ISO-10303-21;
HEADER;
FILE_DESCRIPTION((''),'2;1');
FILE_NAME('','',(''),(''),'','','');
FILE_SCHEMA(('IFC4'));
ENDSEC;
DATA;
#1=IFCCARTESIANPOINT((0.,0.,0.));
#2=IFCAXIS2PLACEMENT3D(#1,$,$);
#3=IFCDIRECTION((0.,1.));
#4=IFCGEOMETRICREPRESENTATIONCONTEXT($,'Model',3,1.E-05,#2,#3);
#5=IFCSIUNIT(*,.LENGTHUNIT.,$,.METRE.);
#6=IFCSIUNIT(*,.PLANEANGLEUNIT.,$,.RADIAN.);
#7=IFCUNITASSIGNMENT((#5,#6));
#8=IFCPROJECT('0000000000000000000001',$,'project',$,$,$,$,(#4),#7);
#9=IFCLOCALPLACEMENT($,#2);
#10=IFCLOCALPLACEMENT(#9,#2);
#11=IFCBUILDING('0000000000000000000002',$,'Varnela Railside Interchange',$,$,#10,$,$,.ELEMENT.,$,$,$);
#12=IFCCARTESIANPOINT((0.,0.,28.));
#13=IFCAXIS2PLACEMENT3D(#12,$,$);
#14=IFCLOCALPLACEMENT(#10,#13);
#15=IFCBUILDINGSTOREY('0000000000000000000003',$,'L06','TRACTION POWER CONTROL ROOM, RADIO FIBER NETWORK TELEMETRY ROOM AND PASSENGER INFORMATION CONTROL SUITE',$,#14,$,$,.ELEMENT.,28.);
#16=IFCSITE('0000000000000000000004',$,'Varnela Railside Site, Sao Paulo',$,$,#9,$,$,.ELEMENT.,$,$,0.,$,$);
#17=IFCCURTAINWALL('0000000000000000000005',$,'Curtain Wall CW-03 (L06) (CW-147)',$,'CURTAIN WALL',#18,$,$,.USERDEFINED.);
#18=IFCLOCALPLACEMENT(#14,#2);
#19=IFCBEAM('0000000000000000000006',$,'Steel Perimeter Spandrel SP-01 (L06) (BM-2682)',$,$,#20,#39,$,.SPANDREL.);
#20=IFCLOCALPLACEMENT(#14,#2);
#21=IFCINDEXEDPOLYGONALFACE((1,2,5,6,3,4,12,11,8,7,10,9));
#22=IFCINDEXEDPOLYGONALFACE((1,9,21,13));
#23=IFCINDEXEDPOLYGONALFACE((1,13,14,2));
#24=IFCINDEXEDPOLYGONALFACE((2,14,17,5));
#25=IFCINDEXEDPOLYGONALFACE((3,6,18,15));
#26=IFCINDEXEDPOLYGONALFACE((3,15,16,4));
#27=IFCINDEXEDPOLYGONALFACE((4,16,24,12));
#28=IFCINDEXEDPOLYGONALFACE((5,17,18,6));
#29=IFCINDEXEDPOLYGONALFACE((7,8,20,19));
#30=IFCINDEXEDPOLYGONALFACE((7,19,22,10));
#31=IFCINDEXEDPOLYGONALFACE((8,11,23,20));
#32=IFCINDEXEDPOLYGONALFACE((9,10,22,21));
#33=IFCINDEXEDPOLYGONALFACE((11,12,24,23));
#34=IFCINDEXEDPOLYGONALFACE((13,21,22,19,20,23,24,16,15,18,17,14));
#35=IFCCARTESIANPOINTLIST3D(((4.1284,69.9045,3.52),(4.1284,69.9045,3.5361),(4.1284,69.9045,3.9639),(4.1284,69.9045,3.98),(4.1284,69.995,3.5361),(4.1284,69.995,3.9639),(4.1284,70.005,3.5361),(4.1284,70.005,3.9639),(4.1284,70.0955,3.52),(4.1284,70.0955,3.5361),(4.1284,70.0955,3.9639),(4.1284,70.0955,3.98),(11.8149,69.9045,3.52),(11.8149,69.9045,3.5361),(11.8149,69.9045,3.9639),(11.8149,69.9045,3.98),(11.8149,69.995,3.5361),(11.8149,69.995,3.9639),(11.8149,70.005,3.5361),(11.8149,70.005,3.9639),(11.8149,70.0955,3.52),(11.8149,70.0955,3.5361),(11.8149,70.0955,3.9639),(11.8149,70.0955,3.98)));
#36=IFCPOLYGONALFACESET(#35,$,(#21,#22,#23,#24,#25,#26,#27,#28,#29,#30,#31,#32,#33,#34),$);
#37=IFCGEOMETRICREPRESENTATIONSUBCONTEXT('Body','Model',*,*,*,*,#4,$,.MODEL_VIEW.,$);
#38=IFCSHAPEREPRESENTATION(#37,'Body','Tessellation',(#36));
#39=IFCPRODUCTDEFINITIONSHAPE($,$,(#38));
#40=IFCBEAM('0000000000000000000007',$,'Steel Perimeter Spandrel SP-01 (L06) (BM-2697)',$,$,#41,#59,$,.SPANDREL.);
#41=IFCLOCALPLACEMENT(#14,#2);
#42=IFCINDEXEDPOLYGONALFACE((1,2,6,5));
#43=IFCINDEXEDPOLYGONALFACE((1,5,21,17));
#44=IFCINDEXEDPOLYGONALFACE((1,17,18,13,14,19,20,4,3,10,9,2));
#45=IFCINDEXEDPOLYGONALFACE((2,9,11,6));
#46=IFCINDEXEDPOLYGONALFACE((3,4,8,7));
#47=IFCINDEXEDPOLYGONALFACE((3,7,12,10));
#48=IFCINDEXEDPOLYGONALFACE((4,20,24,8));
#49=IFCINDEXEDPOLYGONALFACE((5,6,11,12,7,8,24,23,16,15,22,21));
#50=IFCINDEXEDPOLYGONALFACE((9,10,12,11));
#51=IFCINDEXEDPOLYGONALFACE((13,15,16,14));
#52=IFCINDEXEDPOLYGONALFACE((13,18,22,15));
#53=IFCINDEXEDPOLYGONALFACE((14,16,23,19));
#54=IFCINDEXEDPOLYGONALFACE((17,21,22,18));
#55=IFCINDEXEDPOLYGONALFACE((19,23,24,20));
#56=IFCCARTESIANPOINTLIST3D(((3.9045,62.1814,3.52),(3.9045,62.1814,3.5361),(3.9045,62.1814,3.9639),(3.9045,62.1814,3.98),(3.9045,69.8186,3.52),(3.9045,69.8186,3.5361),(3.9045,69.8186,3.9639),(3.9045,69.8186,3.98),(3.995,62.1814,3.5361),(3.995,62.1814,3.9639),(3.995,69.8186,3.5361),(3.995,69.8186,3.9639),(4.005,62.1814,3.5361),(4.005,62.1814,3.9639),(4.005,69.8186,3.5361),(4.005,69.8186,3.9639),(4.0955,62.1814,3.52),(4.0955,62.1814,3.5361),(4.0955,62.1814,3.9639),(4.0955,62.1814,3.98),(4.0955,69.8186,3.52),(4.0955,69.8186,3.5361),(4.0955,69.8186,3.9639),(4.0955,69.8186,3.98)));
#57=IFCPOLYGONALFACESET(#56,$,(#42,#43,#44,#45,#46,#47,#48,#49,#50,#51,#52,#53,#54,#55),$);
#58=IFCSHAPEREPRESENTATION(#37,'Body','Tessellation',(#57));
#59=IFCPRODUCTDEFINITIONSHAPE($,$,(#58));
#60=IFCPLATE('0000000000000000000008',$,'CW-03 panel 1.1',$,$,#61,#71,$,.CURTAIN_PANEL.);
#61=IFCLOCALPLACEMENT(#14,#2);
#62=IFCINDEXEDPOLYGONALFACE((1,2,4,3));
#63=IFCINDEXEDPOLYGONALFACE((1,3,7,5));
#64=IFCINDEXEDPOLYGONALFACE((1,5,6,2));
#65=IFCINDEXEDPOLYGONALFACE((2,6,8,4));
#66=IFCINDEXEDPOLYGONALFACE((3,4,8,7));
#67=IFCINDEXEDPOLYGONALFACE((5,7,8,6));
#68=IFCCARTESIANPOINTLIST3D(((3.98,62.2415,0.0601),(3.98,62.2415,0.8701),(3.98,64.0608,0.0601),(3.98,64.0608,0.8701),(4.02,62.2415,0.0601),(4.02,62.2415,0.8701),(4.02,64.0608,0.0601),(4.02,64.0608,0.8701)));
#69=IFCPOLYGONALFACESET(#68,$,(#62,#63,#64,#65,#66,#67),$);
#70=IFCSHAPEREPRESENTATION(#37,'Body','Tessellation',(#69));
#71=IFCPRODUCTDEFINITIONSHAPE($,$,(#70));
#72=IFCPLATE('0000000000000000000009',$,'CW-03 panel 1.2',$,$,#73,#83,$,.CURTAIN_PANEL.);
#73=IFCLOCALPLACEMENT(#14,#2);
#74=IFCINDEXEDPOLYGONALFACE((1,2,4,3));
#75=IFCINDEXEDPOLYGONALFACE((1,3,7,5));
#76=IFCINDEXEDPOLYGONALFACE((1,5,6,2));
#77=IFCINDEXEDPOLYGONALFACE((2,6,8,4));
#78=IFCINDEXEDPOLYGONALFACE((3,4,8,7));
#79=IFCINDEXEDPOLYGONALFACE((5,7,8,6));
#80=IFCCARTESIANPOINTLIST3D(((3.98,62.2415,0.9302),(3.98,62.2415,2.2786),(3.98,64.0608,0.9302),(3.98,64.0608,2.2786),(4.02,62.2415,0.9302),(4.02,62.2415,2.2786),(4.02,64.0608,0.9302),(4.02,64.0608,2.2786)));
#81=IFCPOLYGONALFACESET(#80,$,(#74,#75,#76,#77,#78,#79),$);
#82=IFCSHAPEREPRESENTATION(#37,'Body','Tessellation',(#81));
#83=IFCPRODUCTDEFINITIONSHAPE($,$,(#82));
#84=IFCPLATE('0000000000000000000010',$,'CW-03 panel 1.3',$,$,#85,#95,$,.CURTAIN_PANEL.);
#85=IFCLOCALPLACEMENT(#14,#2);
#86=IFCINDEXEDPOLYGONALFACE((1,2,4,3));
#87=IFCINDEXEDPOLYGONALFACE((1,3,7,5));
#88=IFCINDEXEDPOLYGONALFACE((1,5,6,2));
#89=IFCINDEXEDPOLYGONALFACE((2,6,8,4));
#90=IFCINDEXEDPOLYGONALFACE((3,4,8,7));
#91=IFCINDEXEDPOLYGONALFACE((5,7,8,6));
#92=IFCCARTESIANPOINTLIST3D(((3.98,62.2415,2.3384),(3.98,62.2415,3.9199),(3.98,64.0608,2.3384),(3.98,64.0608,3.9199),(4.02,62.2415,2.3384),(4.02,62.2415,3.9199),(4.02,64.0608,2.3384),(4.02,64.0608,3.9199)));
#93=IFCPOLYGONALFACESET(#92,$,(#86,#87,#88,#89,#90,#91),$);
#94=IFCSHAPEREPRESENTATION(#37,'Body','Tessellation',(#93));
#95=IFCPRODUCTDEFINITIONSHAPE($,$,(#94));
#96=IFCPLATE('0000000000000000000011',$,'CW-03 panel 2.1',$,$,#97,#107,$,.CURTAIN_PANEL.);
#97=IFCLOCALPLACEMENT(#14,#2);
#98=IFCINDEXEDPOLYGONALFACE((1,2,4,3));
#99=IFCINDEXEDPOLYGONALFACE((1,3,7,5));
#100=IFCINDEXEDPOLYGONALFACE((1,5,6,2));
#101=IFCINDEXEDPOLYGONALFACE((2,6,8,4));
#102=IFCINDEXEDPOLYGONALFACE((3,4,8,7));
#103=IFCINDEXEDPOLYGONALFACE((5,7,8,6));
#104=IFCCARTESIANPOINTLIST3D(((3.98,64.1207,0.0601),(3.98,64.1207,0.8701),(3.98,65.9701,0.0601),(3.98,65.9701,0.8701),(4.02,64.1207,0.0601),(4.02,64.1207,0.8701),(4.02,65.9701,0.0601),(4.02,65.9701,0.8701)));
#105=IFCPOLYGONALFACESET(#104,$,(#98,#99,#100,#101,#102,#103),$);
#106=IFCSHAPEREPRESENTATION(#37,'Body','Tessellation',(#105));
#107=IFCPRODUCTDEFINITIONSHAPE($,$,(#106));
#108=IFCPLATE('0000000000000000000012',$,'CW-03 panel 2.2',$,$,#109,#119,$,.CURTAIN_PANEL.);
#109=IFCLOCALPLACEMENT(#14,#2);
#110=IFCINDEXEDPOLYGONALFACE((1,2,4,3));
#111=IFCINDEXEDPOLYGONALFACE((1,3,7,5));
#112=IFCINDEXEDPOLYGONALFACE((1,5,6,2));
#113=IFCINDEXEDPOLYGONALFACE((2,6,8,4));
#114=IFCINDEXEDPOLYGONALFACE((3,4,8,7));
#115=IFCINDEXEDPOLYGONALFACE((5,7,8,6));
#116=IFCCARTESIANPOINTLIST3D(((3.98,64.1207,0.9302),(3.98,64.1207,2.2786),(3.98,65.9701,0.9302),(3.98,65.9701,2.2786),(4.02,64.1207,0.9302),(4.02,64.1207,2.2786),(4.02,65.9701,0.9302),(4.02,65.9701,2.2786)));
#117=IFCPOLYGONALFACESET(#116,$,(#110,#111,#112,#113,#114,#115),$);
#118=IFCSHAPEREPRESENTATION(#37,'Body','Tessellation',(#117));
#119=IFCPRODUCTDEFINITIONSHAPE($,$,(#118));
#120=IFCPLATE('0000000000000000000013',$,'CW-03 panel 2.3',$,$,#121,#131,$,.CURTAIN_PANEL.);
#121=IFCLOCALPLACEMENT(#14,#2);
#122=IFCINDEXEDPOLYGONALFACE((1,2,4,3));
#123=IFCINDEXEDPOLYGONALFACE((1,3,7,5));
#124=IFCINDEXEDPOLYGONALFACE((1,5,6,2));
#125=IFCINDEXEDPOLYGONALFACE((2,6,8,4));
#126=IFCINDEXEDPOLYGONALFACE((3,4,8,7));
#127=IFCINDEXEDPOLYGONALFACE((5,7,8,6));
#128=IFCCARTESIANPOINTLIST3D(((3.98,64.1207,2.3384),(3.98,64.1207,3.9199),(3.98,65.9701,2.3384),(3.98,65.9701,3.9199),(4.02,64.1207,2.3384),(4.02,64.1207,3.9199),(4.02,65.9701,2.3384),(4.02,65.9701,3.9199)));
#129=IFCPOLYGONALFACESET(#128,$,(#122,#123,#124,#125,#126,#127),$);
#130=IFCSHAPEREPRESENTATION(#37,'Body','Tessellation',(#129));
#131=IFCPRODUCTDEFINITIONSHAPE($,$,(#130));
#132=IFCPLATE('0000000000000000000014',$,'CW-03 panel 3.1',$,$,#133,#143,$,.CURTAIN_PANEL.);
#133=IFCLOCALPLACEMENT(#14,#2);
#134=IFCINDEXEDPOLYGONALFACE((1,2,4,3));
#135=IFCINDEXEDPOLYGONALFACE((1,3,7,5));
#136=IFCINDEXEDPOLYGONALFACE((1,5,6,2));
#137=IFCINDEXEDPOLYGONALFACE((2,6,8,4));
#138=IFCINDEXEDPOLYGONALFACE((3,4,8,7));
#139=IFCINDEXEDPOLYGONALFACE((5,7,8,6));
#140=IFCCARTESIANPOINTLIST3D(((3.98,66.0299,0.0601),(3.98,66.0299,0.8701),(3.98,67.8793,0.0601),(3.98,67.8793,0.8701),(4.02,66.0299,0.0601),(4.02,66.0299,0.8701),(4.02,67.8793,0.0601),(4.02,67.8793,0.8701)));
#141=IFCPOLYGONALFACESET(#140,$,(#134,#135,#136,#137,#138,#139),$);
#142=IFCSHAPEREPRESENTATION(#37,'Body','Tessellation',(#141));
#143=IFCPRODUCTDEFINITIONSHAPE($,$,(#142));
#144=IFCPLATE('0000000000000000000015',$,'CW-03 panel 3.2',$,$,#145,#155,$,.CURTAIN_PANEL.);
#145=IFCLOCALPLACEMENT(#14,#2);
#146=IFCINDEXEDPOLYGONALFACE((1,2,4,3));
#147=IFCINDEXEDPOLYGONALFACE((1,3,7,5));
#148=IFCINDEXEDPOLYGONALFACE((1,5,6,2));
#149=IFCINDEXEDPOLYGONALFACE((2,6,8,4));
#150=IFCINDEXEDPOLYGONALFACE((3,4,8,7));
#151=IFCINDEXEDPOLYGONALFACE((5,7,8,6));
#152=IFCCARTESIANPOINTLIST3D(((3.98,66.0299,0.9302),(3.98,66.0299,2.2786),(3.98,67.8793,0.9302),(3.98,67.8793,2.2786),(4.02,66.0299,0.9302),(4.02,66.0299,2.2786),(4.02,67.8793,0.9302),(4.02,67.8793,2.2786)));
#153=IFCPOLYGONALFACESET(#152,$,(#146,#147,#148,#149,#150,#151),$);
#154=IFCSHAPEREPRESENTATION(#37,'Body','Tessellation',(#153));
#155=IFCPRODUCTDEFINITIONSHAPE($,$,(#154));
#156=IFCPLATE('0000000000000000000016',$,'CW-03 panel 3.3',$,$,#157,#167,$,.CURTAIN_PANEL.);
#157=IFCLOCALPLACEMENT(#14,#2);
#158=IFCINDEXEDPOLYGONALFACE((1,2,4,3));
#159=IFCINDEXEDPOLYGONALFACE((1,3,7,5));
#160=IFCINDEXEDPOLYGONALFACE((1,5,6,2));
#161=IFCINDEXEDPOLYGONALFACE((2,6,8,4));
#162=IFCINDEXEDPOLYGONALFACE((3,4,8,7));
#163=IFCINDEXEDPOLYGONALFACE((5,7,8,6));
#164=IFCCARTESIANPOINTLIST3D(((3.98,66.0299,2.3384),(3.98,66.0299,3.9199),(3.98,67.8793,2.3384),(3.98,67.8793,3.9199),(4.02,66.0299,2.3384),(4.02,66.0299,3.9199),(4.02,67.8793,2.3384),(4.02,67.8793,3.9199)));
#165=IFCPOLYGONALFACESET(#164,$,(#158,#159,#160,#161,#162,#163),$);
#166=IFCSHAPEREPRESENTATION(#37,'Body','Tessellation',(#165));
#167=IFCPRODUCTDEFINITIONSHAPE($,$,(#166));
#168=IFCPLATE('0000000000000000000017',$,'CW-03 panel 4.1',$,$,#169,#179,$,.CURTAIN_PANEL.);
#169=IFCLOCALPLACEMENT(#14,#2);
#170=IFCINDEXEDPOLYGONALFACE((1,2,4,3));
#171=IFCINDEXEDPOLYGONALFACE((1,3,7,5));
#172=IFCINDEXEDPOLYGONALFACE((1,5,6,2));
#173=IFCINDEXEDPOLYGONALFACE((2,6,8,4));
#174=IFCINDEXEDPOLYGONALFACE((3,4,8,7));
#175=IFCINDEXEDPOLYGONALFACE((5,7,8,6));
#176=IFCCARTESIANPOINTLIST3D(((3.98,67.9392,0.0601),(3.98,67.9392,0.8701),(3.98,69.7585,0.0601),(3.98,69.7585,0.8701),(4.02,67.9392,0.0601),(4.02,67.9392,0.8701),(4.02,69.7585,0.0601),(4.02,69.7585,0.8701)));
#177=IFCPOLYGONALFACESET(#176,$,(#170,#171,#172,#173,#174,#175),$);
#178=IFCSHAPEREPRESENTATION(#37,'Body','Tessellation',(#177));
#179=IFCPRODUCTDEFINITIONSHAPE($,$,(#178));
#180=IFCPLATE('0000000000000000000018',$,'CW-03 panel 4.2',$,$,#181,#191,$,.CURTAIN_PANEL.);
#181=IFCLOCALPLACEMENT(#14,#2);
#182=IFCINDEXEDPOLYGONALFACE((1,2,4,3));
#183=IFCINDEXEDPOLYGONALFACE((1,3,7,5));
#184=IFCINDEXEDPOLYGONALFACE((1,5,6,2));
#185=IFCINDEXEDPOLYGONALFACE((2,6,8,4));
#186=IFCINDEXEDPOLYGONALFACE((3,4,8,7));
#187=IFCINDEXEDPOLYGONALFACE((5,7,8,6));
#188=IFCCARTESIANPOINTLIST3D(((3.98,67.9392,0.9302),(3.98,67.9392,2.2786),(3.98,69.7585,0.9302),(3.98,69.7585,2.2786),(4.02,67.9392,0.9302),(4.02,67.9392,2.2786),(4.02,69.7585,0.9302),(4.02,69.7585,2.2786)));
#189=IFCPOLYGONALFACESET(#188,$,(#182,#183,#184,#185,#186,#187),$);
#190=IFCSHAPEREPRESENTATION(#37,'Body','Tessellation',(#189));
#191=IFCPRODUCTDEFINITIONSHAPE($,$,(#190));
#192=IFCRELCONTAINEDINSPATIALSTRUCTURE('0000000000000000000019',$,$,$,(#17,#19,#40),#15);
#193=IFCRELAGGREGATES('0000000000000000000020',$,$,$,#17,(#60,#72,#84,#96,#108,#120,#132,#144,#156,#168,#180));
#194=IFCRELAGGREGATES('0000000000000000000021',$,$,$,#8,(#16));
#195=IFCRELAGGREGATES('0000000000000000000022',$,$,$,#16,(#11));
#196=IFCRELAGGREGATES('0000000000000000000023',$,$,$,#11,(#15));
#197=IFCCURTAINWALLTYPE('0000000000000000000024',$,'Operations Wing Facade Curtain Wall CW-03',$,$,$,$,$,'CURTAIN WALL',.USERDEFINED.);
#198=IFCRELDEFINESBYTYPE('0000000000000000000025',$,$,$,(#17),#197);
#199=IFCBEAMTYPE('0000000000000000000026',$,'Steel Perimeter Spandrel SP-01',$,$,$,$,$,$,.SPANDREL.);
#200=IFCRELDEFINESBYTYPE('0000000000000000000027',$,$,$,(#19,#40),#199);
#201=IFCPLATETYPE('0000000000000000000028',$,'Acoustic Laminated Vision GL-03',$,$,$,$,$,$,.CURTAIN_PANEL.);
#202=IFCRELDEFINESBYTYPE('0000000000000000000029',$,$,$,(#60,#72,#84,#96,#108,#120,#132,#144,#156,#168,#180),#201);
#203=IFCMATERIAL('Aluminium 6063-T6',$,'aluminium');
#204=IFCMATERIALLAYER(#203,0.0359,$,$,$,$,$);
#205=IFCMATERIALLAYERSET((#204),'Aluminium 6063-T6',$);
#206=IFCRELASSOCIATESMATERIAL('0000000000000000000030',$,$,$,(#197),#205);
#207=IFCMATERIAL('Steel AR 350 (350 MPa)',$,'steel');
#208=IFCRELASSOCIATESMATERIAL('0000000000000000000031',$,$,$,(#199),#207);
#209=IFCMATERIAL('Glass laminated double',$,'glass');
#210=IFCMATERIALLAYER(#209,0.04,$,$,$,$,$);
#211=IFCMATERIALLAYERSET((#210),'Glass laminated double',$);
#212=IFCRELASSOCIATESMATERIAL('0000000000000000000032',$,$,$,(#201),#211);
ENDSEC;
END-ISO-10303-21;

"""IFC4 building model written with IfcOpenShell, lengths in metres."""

from ifc_helpers import new_model, si_unit, direction, frame, origin, origin_2d, place, context, subcontext, project, spatial, rectangle, i_section, extrude, material, layer, layer_set, material_profile, profile_set, type_object, element, aggregate, save


model = new_model("IFC4")

# Units and contexts
model_context = context("Model", 3, precision=1e-05, world=origin(), true_north=direction((0.0, 1.0)))
body_context = subcontext(model_context, "Body", "Model", "MODEL_VIEW")
ifc_project = project(units=[si_unit("LENGTHUNIT", "METRE"), si_unit("PLANEANGLEUNIT", "RADIAN")], contexts=[model_context])

# Site, building, storey
site_placement = place(None, origin())
site = spatial("IfcSite", under=ifc_project, at=site_placement, Name="Varnela Railside Site, Sao Paulo", CompositionType="ELEMENT", RefElevation=0.0)
building_placement = place(site_placement, origin())
building = spatial("IfcBuilding", under=site, at=building_placement, Name="Varnela Railside Interchange", CompositionType="ELEMENT")
storey_placement = place(building_placement, frame((0.0, 0.0, 28.0)))
storey = spatial("IfcBuildingStorey", under=building, at=storey_placement, Name="L06", Description="TRACTION POWER CONTROL ROOM, RADIO FIBER NETWORK TELEMETRY ROOM AND PASSENGER INFORMATION CONTROL SUITE", CompositionType="ELEMENT", Elevation=28.0)

# Shared definitions
ifc_material_1 = material(Name="Steel AR 350 (350 MPa)", Category="steel")

# Curtain wall
ifc_material_2 = material(Name="Aluminium 6063-T6", Category="aluminium")
ifc_layer_1 = layer(ifc_material_2, 0.0359)
ifc_layer_set_1 = layer_set([ifc_layer_1], Name="Aluminium 6063-T6")
curtain_wall_type = type_object("IfcCurtainWallType", Name="Operations Wing Facade Curtain Wall CW-03", ElementType="CURTAIN WALL", PredefinedType="USERDEFINED", material=ifc_layer_set_1)
curtain_wall_placement = place(storey_placement, origin())
curtain_wall = element("IfcCurtainWall", 1, at=curtain_wall_placement, inside=storey, type_object=curtain_wall_type, Name="Curtain Wall CW-03 (L06) (CW-147)", ObjectType="CURTAIN WALL", PredefinedType="USERDEFINED")

# Beams
ifc_material_profile_1 = material_profile(ifc_material_1, i_section(OverallWidth=0.1909, OverallDepth=0.46, WebThickness=0.01, FlangeThickness=0.0161, at=origin_2d()), Name="W460x82")
ifc_profile_set_1 = profile_set([ifc_material_profile_1], Name="Steel AR 350 (350 MPa)")
beam_type_1 = type_object("IfcBeamType", Name="Steel Perimeter Spandrel SP-01", PredefinedType="SPANDREL", material=ifc_profile_set_1)
beam_1_placement = place(storey_placement, frame((4.1284, 70.0, 3.75), z_axis=(1.0, 0.0, 0.0), x_axis=(0.0, 1.0, 0.0)))
element("IfcBeam", 2, at=beam_1_placement, inside=storey, type_object=beam_type_1, Name="Steel Perimeter Spandrel SP-01 (L06) (BM-2682)", PredefinedType="SPANDREL", context=body_context, shape_type="SweptSolid", body=[
    extrude(i_section(OverallWidth=0.1909, OverallDepth=0.46, WebThickness=0.01, FlangeThickness=0.0161, at=origin_2d()), origin(), (0.0, 0.0, 1.0), 7.6865),
])
beam_2_placement = place(storey_placement, frame((4.0, 62.1814, 3.75), z_axis=(0.0, 1.0, 0.0), x_axis=(-1.0, 0.0, 0.0)))
element("IfcBeam", 3, at=beam_2_placement, inside=storey, type_object=beam_type_1, Name="Steel Perimeter Spandrel SP-01 (L06) (BM-2697)", PredefinedType="SPANDREL", context=body_context, shape_type="SweptSolid", body=[
    extrude(i_section(OverallWidth=0.1909, OverallDepth=0.46, WebThickness=0.01, FlangeThickness=0.0161, at=origin_2d()), origin(), (0.0, 0.0, 1.0), 7.6372),
])

# Plates
ifc_material_3 = material(Name="Glass laminated double", Category="glass")
ifc_layer_2 = layer(ifc_material_3, 0.04)
ifc_layer_set_2 = layer_set([ifc_layer_2], Name="Glass laminated double")
plate_type = type_object("IfcPlateType", Name="Acoustic Laminated Vision GL-03", PredefinedType="CURTAIN_PANEL", material=ifc_layer_set_2)
plate_1_placement = place(storey_placement, frame((4.0, 63.1511, 0.0601), z_axis=(0.0, 0.0, 1.0), x_axis=(0.0, 1.0, 0.0)))
plate_1 = element("IfcPlate", 4, at=plate_1_placement, type_object=plate_type, Name="CW-03 panel 1.1", PredefinedType="CURTAIN_PANEL", context=body_context, shape_type="SweptSolid", body=[
    extrude(rectangle(XDim=1.8193, YDim=0.04, at=origin_2d()), origin(), (0.0, 0.0, 1.0), 0.8101),
])
plate_2_placement = place(storey_placement, frame((4.0, 63.1511, 0.9302), z_axis=(0.0, 0.0, 1.0), x_axis=(0.0, 1.0, 0.0)))
plate_2 = element("IfcPlate", 5, at=plate_2_placement, type_object=plate_type, Name="CW-03 panel 1.2", PredefinedType="CURTAIN_PANEL", context=body_context, shape_type="SweptSolid", body=[
    extrude(rectangle(XDim=1.8193, YDim=0.04, at=origin_2d()), origin(), (0.0, 0.0, 1.0), 1.3484),
])
plate_3_placement = place(storey_placement, frame((4.0, 63.1511, 2.3384), z_axis=(0.0, 0.0, 1.0), x_axis=(0.0, 1.0, 0.0)))
plate_3 = element("IfcPlate", 6, at=plate_3_placement, type_object=plate_type, Name="CW-03 panel 1.3", PredefinedType="CURTAIN_PANEL", context=body_context, shape_type="SweptSolid", body=[
    extrude(rectangle(XDim=1.8193, YDim=0.04, at=origin_2d()), origin(), (0.0, 0.0, 1.0), 1.5815),
])
plate_4_placement = place(storey_placement, frame((4.0, 65.0454, 0.0601), z_axis=(0.0, 0.0, 1.0), x_axis=(0.0, 1.0, 0.0)))
plate_4 = element("IfcPlate", 7, at=plate_4_placement, type_object=plate_type, Name="CW-03 panel 2.1", PredefinedType="CURTAIN_PANEL", context=body_context, shape_type="SweptSolid", body=[
    extrude(rectangle(XDim=1.8494, YDim=0.04, at=origin_2d()), origin(), (0.0, 0.0, 1.0), 0.8101),
])
plate_5_placement = place(storey_placement, frame((4.0, 65.0454, 0.9302), z_axis=(0.0, 0.0, 1.0), x_axis=(0.0, 1.0, 0.0)))
plate_5 = element("IfcPlate", 8, at=plate_5_placement, type_object=plate_type, Name="CW-03 panel 2.2", PredefinedType="CURTAIN_PANEL", context=body_context, shape_type="SweptSolid", body=[
    extrude(rectangle(XDim=1.8494, YDim=0.04, at=origin_2d()), origin(), (0.0, 0.0, 1.0), 1.3484),
])
plate_6_placement = place(storey_placement, frame((4.0, 65.0454, 2.3384), z_axis=(0.0, 0.0, 1.0), x_axis=(0.0, 1.0, 0.0)))
plate_6 = element("IfcPlate", 9, at=plate_6_placement, type_object=plate_type, Name="CW-03 panel 2.3", PredefinedType="CURTAIN_PANEL", context=body_context, shape_type="SweptSolid", body=[
    extrude(rectangle(XDim=1.8494, YDim=0.04, at=origin_2d()), origin(), (0.0, 0.0, 1.0), 1.5815),
])
plate_7_placement = place(storey_placement, frame((4.0, 66.9546, 0.0601), z_axis=(0.0, 0.0, 1.0), x_axis=(0.0, 1.0, 0.0)))
plate_7 = element("IfcPlate", 10, at=plate_7_placement, type_object=plate_type, Name="CW-03 panel 3.1", PredefinedType="CURTAIN_PANEL", context=body_context, shape_type="SweptSolid", body=[
    extrude(rectangle(XDim=1.8494, YDim=0.04, at=origin_2d()), origin(), (0.0, 0.0, 1.0), 0.8101),
])
plate_8_placement = place(storey_placement, frame((4.0, 66.9546, 0.9302), z_axis=(0.0, 0.0, 1.0), x_axis=(0.0, 1.0, 0.0)))
plate_8 = element("IfcPlate", 11, at=plate_8_placement, type_object=plate_type, Name="CW-03 panel 3.2", PredefinedType="CURTAIN_PANEL", context=body_context, shape_type="SweptSolid", body=[
    extrude(rectangle(XDim=1.8494, YDim=0.04, at=origin_2d()), origin(), (0.0, 0.0, 1.0), 1.3484),
])
plate_9_placement = place(storey_placement, frame((4.0, 66.9546, 2.3384), z_axis=(0.0, 0.0, 1.0), x_axis=(0.0, 1.0, 0.0)))
plate_9 = element("IfcPlate", 12, at=plate_9_placement, type_object=plate_type, Name="CW-03 panel 3.3", PredefinedType="CURTAIN_PANEL", context=body_context, shape_type="SweptSolid", body=[
    extrude(rectangle(XDim=1.8494, YDim=0.04, at=origin_2d()), origin(), (0.0, 0.0, 1.0), 1.5815),
])
plate_10_placement = place(storey_placement, frame((4.0, 68.8489, 0.0601), z_axis=(0.0, 0.0, 1.0), x_axis=(0.0, 1.0, 0.0)))
plate_10 = element("IfcPlate", 13, at=plate_10_placement, type_object=plate_type, Name="CW-03 panel 4.1", PredefinedType="CURTAIN_PANEL", context=body_context, shape_type="SweptSolid", body=[
    extrude(rectangle(XDim=1.8193, YDim=0.04, at=origin_2d()), origin(), (0.0, 0.0, 1.0), 0.8101),
])
plate_11_placement = place(storey_placement, frame((4.0, 68.8489, 0.9302), z_axis=(0.0, 0.0, 1.0), x_axis=(0.0, 1.0, 0.0)))
plate_11 = element("IfcPlate", 14, at=plate_11_placement, type_object=plate_type, Name="CW-03 panel 4.2", PredefinedType="CURTAIN_PANEL", context=body_context, shape_type="SweptSolid", body=[
    extrude(rectangle(XDim=1.8193, YDim=0.04, at=origin_2d()), origin(), (0.0, 0.0, 1.0), 1.3484),
])
aggregate(curtain_wall, [plate_1, plate_2, plate_3, plate_4, plate_5, plate_6, plate_7, plate_8, plate_9, plate_10, plate_11])

save(model, "model.ifc")
